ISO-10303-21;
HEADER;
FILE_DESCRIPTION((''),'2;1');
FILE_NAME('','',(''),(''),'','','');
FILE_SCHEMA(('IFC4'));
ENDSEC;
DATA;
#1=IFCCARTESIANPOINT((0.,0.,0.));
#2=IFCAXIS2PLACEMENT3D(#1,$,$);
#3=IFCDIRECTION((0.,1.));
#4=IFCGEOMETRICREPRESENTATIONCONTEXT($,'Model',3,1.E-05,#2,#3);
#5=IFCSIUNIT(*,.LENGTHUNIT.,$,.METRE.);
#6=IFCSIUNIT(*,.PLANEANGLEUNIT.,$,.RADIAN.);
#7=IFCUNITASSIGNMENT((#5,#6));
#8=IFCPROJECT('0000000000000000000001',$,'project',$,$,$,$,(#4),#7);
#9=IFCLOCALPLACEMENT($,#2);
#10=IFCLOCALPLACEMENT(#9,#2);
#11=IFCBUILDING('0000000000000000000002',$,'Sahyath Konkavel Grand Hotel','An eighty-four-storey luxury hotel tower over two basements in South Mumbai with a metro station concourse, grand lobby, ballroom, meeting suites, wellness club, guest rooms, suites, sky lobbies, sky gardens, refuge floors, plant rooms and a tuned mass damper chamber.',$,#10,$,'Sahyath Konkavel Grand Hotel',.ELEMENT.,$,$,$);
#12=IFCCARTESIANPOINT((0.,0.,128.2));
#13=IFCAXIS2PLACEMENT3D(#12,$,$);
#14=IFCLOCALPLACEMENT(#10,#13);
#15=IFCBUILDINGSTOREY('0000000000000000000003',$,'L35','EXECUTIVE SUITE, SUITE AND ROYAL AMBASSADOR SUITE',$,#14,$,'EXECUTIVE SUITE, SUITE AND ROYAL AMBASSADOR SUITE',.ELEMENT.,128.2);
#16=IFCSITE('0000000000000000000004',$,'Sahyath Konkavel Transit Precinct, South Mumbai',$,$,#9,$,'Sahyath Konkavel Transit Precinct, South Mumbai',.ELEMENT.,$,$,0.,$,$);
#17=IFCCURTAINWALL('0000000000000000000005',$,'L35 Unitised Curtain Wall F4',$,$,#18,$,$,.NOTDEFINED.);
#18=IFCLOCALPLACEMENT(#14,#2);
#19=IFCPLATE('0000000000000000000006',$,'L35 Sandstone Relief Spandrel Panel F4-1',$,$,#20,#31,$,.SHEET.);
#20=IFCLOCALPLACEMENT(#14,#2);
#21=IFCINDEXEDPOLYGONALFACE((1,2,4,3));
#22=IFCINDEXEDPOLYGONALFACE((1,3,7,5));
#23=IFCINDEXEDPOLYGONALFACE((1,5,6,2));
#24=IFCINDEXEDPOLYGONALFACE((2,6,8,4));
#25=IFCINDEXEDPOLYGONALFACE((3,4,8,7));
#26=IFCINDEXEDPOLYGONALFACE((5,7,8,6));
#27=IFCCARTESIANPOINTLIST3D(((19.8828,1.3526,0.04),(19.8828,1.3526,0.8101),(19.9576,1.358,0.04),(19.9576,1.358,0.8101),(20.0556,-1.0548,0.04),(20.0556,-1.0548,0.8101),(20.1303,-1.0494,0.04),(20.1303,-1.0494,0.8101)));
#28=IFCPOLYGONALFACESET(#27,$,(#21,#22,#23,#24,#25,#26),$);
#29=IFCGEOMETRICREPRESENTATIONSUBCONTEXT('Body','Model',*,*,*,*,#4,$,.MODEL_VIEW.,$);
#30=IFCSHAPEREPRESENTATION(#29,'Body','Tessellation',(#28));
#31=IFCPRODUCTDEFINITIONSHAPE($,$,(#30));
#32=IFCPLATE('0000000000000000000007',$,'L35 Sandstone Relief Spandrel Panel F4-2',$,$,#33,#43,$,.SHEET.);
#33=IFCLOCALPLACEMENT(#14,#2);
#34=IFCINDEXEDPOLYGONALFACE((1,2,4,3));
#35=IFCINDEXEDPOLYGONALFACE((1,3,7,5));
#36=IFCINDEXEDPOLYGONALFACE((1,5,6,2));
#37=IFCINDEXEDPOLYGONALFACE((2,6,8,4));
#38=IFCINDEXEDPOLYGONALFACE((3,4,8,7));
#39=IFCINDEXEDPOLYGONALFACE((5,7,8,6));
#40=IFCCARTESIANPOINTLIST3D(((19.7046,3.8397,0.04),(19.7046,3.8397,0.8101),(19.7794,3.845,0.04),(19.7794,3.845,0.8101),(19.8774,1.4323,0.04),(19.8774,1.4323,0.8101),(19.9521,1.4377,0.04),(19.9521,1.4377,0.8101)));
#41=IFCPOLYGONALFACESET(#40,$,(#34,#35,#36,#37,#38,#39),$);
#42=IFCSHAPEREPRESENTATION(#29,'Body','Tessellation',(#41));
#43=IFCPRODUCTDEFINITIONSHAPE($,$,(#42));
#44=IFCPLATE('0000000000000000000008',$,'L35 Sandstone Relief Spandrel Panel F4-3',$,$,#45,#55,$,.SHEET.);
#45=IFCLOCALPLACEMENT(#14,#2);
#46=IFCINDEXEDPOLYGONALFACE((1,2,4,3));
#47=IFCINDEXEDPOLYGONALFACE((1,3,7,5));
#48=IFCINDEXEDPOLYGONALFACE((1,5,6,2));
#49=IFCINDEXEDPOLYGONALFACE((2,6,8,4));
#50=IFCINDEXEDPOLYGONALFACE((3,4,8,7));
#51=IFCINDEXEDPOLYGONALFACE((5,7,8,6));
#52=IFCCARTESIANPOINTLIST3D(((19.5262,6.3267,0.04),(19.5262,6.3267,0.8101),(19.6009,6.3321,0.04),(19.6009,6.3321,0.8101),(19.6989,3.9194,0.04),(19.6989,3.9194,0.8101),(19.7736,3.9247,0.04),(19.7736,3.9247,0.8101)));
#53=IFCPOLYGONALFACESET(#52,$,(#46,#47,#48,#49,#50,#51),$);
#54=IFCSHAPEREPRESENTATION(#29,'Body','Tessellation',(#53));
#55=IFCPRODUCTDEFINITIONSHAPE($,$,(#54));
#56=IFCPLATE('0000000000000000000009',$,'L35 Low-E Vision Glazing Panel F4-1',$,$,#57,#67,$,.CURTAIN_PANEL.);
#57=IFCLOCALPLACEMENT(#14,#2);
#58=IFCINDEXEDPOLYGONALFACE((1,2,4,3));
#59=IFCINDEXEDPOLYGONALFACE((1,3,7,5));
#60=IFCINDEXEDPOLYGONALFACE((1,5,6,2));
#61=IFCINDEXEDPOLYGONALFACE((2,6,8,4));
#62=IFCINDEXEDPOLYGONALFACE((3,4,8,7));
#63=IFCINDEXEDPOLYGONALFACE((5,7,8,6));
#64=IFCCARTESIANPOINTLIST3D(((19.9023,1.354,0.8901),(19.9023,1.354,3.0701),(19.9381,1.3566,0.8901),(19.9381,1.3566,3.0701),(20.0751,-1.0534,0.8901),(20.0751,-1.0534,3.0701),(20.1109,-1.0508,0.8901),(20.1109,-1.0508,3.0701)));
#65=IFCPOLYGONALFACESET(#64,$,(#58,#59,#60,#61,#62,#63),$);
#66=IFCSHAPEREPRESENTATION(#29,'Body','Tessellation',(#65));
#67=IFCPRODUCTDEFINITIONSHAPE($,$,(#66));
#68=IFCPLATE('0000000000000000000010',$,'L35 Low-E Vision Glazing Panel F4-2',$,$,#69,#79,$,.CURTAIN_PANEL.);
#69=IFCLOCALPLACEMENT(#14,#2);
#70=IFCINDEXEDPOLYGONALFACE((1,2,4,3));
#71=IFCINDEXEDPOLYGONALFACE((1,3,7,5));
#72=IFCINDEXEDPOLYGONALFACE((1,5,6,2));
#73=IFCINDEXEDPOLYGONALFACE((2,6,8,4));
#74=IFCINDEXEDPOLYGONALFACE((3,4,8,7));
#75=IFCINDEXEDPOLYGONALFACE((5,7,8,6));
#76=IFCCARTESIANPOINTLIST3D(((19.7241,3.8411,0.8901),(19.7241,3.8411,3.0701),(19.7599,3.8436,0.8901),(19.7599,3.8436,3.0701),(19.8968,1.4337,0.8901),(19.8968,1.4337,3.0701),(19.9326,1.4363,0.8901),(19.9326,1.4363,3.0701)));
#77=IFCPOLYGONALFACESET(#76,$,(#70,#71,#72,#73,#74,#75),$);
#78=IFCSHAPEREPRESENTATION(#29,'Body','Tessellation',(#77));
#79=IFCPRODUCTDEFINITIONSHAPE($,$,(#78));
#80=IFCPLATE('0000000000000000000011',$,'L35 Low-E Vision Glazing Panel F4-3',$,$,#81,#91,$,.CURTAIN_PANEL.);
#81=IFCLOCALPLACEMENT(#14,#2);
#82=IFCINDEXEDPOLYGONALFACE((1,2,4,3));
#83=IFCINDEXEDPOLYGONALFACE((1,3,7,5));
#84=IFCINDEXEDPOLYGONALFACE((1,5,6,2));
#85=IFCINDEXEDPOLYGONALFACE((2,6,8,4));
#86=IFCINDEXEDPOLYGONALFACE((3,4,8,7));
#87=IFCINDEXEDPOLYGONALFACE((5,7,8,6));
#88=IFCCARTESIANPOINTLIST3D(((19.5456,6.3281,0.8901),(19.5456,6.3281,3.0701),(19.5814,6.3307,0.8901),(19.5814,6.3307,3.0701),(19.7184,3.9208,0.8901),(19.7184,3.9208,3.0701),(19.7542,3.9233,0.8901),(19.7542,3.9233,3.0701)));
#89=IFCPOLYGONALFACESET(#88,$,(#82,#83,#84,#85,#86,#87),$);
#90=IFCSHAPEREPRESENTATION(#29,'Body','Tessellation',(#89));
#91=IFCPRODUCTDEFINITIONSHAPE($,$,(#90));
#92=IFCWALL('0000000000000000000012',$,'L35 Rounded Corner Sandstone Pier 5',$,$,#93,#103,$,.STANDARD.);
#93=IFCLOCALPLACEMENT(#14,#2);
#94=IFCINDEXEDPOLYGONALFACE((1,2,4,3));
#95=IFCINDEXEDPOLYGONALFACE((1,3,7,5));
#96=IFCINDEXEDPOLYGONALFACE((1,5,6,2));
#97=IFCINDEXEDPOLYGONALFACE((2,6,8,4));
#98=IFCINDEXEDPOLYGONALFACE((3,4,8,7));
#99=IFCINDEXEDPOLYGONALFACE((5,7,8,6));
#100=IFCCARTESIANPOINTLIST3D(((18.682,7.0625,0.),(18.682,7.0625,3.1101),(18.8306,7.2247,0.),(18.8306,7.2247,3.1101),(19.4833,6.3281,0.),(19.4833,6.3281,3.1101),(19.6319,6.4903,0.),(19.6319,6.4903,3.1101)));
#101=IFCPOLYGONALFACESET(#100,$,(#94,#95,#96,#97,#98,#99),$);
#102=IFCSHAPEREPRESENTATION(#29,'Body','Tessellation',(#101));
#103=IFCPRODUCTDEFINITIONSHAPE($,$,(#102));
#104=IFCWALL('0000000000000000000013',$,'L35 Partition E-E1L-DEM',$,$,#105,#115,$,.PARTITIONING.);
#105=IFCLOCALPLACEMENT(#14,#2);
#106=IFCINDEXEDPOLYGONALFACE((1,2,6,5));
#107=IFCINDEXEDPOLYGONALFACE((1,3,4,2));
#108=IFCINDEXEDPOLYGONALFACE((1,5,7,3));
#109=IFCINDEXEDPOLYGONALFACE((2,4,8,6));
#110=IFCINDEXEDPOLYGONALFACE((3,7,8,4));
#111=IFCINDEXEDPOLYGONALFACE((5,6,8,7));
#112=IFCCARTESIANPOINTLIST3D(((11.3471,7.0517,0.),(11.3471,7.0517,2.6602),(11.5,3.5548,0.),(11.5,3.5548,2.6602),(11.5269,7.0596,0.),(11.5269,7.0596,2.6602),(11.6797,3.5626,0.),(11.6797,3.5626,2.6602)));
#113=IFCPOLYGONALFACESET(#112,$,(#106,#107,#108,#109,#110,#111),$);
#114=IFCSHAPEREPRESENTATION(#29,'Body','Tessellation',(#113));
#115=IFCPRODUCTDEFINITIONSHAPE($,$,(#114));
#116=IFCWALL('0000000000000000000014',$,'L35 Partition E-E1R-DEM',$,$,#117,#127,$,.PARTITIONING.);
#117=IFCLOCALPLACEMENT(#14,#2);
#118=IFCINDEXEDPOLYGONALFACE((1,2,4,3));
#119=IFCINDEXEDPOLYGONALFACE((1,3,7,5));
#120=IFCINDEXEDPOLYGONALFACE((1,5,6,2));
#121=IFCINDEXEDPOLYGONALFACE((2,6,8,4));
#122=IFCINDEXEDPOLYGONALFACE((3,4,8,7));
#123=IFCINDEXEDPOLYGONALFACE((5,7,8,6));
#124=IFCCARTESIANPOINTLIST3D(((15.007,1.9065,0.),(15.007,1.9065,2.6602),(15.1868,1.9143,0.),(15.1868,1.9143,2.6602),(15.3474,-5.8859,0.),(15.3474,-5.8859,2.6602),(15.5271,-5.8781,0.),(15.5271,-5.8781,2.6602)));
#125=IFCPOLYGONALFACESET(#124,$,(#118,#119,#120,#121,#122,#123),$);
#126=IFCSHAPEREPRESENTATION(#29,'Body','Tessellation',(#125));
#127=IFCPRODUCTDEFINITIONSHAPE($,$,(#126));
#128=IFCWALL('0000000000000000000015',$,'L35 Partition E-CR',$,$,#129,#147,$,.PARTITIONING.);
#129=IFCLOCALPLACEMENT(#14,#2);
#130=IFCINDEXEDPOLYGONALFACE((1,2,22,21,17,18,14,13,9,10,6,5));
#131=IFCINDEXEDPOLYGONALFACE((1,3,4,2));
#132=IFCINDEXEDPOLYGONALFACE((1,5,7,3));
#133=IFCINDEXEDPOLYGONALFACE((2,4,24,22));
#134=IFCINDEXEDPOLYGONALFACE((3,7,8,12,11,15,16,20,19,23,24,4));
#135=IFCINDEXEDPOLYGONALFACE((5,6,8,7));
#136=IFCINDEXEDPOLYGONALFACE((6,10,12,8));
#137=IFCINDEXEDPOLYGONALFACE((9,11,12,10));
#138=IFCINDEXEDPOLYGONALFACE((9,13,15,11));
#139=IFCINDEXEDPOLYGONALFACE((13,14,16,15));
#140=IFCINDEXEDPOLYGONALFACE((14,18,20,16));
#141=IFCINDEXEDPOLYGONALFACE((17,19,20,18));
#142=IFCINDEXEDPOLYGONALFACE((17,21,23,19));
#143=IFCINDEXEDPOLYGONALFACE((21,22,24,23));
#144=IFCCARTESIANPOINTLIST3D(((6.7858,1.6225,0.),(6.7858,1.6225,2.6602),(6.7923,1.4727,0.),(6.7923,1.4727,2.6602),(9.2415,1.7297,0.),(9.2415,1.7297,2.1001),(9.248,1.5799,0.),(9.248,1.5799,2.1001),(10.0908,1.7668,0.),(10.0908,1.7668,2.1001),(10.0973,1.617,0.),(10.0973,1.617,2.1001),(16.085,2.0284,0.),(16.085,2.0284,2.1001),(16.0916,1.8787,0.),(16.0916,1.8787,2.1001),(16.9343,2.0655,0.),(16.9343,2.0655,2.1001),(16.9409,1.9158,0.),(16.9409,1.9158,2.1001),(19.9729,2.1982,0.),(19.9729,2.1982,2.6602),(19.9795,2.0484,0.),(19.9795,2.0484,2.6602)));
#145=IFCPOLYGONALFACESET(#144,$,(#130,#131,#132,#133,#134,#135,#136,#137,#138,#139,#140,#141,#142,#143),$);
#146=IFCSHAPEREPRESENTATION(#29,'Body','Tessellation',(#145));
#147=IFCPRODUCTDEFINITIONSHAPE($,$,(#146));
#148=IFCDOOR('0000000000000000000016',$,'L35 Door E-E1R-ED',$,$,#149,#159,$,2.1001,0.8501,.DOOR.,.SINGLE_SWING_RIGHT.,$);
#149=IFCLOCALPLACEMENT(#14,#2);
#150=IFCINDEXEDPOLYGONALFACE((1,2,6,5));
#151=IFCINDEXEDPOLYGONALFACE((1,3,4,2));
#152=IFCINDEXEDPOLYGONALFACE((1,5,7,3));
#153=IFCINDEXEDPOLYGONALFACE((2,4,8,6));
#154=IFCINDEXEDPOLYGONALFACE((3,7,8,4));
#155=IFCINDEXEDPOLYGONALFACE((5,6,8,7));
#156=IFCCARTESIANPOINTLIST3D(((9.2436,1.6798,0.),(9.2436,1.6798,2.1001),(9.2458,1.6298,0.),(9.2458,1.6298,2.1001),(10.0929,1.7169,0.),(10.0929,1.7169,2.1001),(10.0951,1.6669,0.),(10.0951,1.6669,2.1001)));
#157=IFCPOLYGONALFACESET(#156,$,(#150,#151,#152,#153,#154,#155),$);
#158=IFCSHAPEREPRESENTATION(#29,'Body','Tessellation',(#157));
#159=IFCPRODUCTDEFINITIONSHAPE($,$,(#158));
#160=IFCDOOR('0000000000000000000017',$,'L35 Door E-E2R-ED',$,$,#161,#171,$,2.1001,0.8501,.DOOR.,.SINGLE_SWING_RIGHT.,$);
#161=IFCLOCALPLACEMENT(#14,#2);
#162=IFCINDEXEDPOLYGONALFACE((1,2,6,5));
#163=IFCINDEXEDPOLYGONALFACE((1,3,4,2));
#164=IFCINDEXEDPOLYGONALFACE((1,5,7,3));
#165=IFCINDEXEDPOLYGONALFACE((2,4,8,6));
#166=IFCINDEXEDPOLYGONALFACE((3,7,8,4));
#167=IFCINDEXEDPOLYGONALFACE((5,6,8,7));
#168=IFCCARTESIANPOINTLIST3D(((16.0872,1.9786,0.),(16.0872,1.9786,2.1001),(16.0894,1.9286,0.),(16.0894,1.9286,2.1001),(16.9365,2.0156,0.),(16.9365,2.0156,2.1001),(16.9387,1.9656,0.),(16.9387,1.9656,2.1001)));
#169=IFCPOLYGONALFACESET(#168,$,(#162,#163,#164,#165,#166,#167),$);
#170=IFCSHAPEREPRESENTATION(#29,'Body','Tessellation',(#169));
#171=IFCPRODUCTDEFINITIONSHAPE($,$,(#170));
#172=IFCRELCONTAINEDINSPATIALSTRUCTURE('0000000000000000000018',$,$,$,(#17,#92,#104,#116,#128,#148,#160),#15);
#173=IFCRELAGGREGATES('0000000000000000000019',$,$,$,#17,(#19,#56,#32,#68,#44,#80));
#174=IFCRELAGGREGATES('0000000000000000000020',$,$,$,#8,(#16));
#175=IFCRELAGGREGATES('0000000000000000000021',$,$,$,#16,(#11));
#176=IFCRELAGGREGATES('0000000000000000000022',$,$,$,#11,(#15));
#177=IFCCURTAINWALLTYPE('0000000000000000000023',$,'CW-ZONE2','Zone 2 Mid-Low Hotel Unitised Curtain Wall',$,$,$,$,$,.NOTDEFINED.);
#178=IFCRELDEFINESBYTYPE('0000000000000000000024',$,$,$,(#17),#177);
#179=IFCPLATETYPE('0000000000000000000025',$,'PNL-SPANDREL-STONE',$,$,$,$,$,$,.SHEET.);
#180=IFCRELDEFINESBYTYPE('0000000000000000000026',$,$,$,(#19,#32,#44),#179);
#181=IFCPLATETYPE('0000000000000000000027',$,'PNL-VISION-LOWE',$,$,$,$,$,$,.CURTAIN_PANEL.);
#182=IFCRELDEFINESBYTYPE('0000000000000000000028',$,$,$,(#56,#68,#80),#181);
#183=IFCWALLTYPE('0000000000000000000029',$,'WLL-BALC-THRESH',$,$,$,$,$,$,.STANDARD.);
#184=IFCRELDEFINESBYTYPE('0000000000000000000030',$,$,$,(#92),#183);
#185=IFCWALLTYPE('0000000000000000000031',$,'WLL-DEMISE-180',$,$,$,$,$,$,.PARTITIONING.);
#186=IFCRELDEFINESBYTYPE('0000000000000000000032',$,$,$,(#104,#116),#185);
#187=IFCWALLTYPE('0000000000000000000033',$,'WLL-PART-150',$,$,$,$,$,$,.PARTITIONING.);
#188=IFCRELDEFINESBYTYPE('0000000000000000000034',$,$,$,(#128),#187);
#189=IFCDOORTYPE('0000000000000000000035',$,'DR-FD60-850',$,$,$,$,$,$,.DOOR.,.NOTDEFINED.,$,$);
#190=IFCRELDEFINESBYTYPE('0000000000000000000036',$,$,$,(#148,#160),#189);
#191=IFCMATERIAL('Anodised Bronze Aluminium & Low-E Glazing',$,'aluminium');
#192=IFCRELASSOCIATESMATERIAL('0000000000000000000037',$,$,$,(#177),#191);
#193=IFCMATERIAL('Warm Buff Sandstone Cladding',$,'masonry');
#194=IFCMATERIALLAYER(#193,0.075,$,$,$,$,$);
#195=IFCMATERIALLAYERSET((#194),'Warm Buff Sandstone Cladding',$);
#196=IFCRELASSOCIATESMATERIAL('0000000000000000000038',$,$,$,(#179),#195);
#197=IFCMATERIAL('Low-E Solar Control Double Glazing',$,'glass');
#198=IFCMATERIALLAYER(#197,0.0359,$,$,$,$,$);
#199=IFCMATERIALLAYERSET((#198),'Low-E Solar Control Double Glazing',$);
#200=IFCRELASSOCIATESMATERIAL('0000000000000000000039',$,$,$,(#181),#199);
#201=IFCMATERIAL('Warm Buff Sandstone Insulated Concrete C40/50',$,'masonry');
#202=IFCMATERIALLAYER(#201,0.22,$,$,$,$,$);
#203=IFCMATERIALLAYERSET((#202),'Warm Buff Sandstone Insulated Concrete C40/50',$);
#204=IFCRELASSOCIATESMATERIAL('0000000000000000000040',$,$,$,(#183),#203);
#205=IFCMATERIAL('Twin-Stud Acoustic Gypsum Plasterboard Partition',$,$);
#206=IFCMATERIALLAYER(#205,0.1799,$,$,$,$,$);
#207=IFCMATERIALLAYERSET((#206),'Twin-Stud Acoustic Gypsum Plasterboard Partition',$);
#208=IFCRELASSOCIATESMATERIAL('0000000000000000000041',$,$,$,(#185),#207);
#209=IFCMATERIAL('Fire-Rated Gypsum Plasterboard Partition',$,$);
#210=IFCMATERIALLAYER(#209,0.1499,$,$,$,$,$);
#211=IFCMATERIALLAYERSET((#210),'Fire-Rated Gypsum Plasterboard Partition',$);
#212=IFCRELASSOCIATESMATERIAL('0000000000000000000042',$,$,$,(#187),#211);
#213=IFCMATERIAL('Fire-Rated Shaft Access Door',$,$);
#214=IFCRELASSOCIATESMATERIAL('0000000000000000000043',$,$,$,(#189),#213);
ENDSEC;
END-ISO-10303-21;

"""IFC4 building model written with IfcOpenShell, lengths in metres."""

from ifc_helpers import new_model, si_unit, direction, frame, frame_2d, origin, origin_2d, place, context, subcontext, project, spatial, rectangle, extrude, source, transform, mapped, material, layer, layer_set, type_object, element, fill, aggregate, save


model = new_model("IFC4")

# Units and contexts
model_context = context("Model", 3, precision=1e-05, world=origin(), true_north=direction((0.0, 1.0)))
body_context = subcontext(model_context, "Body", "Model", "MODEL_VIEW")
ifc_project = project(units=[si_unit("LENGTHUNIT", "METRE"), si_unit("PLANEANGLEUNIT", "RADIAN")], contexts=[model_context])

# Site, building, storey
site_placement = place(None, origin())
site = spatial("IfcSite", under=ifc_project, at=site_placement, Name="Sahyath Konkavel Transit Precinct, South Mumbai", LongName="Sahyath Konkavel Transit Precinct, South Mumbai", CompositionType="ELEMENT", RefElevation=0.0)
building_placement = place(site_placement, origin())
building = spatial("IfcBuilding", under=site, at=building_placement, Name="Sahyath Konkavel Grand Hotel", Description="An eighty-four-storey luxury hotel tower over two basements in South Mumbai with a metro station concourse, grand lobby, ballroom, meeting suites, wellness club, guest rooms, suites, sky lobbies, sky gardens, refuge floors, plant rooms and a tuned mass damper chamber.", LongName="Sahyath Konkavel Grand Hotel", CompositionType="ELEMENT")
storey_placement = place(building_placement, frame((0.0, 0.0, 128.2)))
storey = spatial("IfcBuildingStorey", under=building, at=storey_placement, Name="L35", Description="EXECUTIVE SUITE, SUITE AND ROYAL AMBASSADOR SUITE", LongName="EXECUTIVE SUITE, SUITE AND ROYAL AMBASSADOR SUITE", CompositionType="ELEMENT", Elevation=128.2)

# Curtain wall
ifc_material_1 = material(Name="Anodised Bronze Aluminium & Low-E Glazing", Category="aluminium")
curtain_wall_type = type_object("IfcCurtainWallType", Name="CW-ZONE2", Description="Zone 2 Mid-Low Hotel Unitised Curtain Wall", PredefinedType="NOTDEFINED", material=ifc_material_1)
curtain_wall_placement = place(storey_placement, origin())
curtain_wall = element("IfcCurtainWall", 1, at=curtain_wall_placement, inside=storey, type_object=curtain_wall_type, Name="L35 Unitised Curtain Wall F4", PredefinedType="NOTDEFINED")

# Plates
ifc_material_2 = material(Name="Warm Buff Sandstone Cladding", Category="masonry")
ifc_layer_1 = layer(ifc_material_2, 0.075)
ifc_layer_set_1 = layer_set([ifc_layer_1], Name="Warm Buff Sandstone Cladding")
plate_type_1 = type_object("IfcPlateType", Name="PNL-SPANDREL-STONE", PredefinedType="SHEET", material=ifc_layer_set_1)
shared_shape_1 = source(origin(), body_context, "Body", "SweptSolid", [
    extrude(rectangle(XDim=2.4136, YDim=0.075, at=origin_2d()), origin(), (0.0, 0.0, 1.0), 0.77),
])
plate_1_placement = place(storey_placement, frame((20.0066, 0.1516, 0.04), z_axis=(0.0, 0.0, 1.0), x_axis=(-0.071567, 0.997436, 0.0)))
plate_1 = element("IfcPlate", 2, at=plate_1_placement, type_object=plate_type_1, Name="L35 Sandstone Relief Spandrel Panel F4-1", PredefinedType="SHEET", context=body_context, shape_type="MappedRepresentation", body=[
    mapped(shared_shape_1, transform((0.0, 0.0, 0.0), scale=1.0)),
])
plate_2_placement = place(storey_placement, frame((19.8284, 2.6387, 0.04), z_axis=(0.0, 0.0, 1.0), x_axis=(-0.071567, 0.997436, 0.0)))
plate_2 = element("IfcPlate", 3, at=plate_2_placement, type_object=plate_type_1, Name="L35 Sandstone Relief Spandrel Panel F4-2", PredefinedType="SHEET", context=body_context, shape_type="MappedRepresentation", body=[
    mapped(shared_shape_1, transform((0.0, 0.0, 0.0), scale=1.0)),
])
plate_3_placement = place(storey_placement, frame((19.6499, 5.1257, 0.04), z_axis=(0.0, 0.0, 1.0), x_axis=(-0.071567, 0.997436, 0.0)))
plate_3 = element("IfcPlate", 4, at=plate_3_placement, type_object=plate_type_1, Name="L35 Sandstone Relief Spandrel Panel F4-3", PredefinedType="SHEET", context=body_context, shape_type="MappedRepresentation", body=[
    mapped(shared_shape_1, transform((0.0, 0.0, 0.0), scale=1.0)),
])
ifc_material_3 = material(Name="Low-E Solar Control Double Glazing", Category="glass")
ifc_layer_2 = layer(ifc_material_3, 0.0359)
ifc_layer_set_2 = layer_set([ifc_layer_2], Name="Low-E Solar Control Double Glazing")
plate_type_2 = type_object("IfcPlateType", Name="PNL-VISION-LOWE", PredefinedType="CURTAIN_PANEL", material=ifc_layer_set_2)
shared_shape_2 = source(origin(), body_context, "Body", "SweptSolid", [
    extrude(rectangle(XDim=2.4136, YDim=0.0359, at=origin_2d()), origin(), (0.0, 0.0, 1.0), 2.1799),
])
plate_4_placement = place(storey_placement, frame((20.0066, 0.1516, 0.8901), z_axis=(0.0, 0.0, 1.0), x_axis=(-0.071567, 0.997436, 0.0)))
plate_4 = element("IfcPlate", 5, at=plate_4_placement, type_object=plate_type_2, Name="L35 Low-E Vision Glazing Panel F4-1", PredefinedType="CURTAIN_PANEL", context=body_context, shape_type="MappedRepresentation", body=[
    mapped(shared_shape_2, transform((0.0, 0.0, 0.0), scale=1.0)),
])
plate_5_placement = place(storey_placement, frame((19.8284, 2.6387, 0.8901), z_axis=(0.0, 0.0, 1.0), x_axis=(-0.071567, 0.997436, 0.0)))
plate_5 = element("IfcPlate", 6, at=plate_5_placement, type_object=plate_type_2, Name="L35 Low-E Vision Glazing Panel F4-2", PredefinedType="CURTAIN_PANEL", context=body_context, shape_type="MappedRepresentation", body=[
    mapped(shared_shape_2, transform((0.0, 0.0, 0.0), scale=1.0)),
])
plate_6_placement = place(storey_placement, frame((19.6499, 5.1257, 0.8901), z_axis=(0.0, 0.0, 1.0), x_axis=(-0.071567, 0.997436, 0.0)))
plate_6 = element("IfcPlate", 7, at=plate_6_placement, type_object=plate_type_2, Name="L35 Low-E Vision Glazing Panel F4-3", PredefinedType="CURTAIN_PANEL", context=body_context, shape_type="MappedRepresentation", body=[
    mapped(shared_shape_2, transform((0.0, 0.0, 0.0), scale=1.0)),
])
aggregate(curtain_wall, [plate_1, plate_4, plate_2, plate_5, plate_3, plate_6])

# Walls
ifc_material_4 = material(Name="Warm Buff Sandstone Insulated Concrete C40/50", Category="masonry")
ifc_layer_3 = layer(ifc_material_4, 0.22)
ifc_layer_set_3 = layer_set([ifc_layer_3], Name="Warm Buff Sandstone Insulated Concrete C40/50")
wall_type_1 = type_object("IfcWallType", Name="WLL-BALC-THRESH", PredefinedType="STANDARD", material=ifc_layer_set_3)
wall_1_placement = place(storey_placement, frame((19.5576, 6.4092, 0.0), z_axis=(0.0, 0.0, 1.0), x_axis=(-0.73721, 0.675664, 0.0)))
element("IfcWall", 8, at=wall_1_placement, inside=storey, type_object=wall_type_1, Name="L35 Rounded Corner Sandstone Pier 5", PredefinedType="STANDARD", context=body_context, shape_type="SweptSolid", body=[
    extrude(rectangle(XDim=1.0869, YDim=0.22, at=frame_2d((0.5435, 0.0))), origin(), (0.0, 0.0, 1.0), 3.1101),
])
ifc_material_5 = material(Name="Twin-Stud Acoustic Gypsum Plasterboard Partition")
ifc_layer_4 = layer(ifc_material_5, 0.1799)
ifc_layer_set_4 = layer_set([ifc_layer_4], Name="Twin-Stud Acoustic Gypsum Plasterboard Partition")
wall_type_2 = type_object("IfcWallType", Name="WLL-DEMISE-180", PredefinedType="PARTITIONING", material=ifc_layer_set_4)
wall_2_placement = place(storey_placement, frame((11.5898, 3.5588, 0.0), z_axis=(0.0, 0.0, 1.0), x_axis=(-0.043664, 0.999046, 0.0)))
element("IfcWall", 9, at=wall_2_placement, inside=storey, type_object=wall_type_2, Name="L35 Partition E-E1L-DEM", PredefinedType="PARTITIONING", context=body_context, shape_type="SweptSolid", body=[
    extrude(rectangle(XDim=3.5002, YDim=0.1799, at=frame_2d((1.75, 0.0))), origin(), (0.0, 0.0, 1.0), 2.6602),
])
wall_3_placement = place(storey_placement, frame((15.0969, 1.9104, 0.0), z_axis=(0.0, 0.0, 1.0), x_axis=(0.043633, -0.999048, 0.0)))
element("IfcWall", 10, at=wall_3_placement, inside=storey, type_object=wall_type_2, Name="L35 Partition E-E1R-DEM", PredefinedType="PARTITIONING", context=body_context, shape_type="SweptSolid", body=[
    extrude(rectangle(XDim=7.7998, YDim=0.1799, at=frame_2d((3.8999, 0.0))), origin(), (0.0, 0.0, 1.0), 2.6602),
])

# Wall, openings, doors
ifc_material_6 = material(Name="Fire-Rated Gypsum Plasterboard Partition")
ifc_layer_5 = layer(ifc_material_6, 0.1499)
ifc_layer_set_5 = layer_set([ifc_layer_5], Name="Fire-Rated Gypsum Plasterboard Partition")
wall_type_3 = type_object("IfcWallType", Name="WLL-PART-150", PredefinedType="PARTITIONING", material=ifc_layer_set_5)
wall_4_placement = place(storey_placement, frame((6.7891, 1.5476, 0.0), z_axis=(0.0, 0.0, 1.0), x_axis=(0.999049, 0.043613, 0.0)))
wall_4 = element("IfcWall", 11, at=wall_4_placement, inside=storey, type_object=wall_type_3, Name="L35 Partition E-CR", PredefinedType="PARTITIONING", context=body_context, shape_type="SweptSolid", body=[
    extrude(rectangle(XDim=13.1997, YDim=0.1499, at=frame_2d((6.5999, 0.0))), origin(), (0.0, 0.0, 1.0), 2.6602),
])
opening_1_placement = place(wall_4_placement, frame((2.458, 0.0, 0.0)))
opening_1 = element("IfcOpeningElement", 12, at=opening_1_placement, cuts=wall_4, PredefinedType="OPENING", context=body_context, shape_type="SweptSolid", body=[
    extrude(rectangle(XDim=0.8501, YDim=2.1001, at=frame_2d((0.425, 1.05))), frame((0.0, 0.085, 0.0), z_axis=(0.0, -1.0, 0.0), x_axis=(1.0, 0.0, 0.0)), (0.0, 0.0, 1.0), 0.1699),
])
opening_2_placement = place(wall_4_placement, frame((9.3081, 0.0, 0.0)))
opening_2 = element("IfcOpeningElement", 13, at=opening_2_placement, cuts=wall_4, PredefinedType="OPENING", context=body_context, shape_type="SweptSolid", body=[
    extrude(rectangle(XDim=0.8501, YDim=2.1001, at=frame_2d((0.425, 1.05))), frame((0.0, 0.085, 0.0), z_axis=(0.0, -1.0, 0.0), x_axis=(1.0, 0.0, 0.0)), (0.0, 0.0, 1.0), 0.1699),
])
ifc_material_7 = material(Name="Fire-Rated Shaft Access Door")
door_type_1 = type_object("IfcDoorType", Name="DR-FD60-850", OperationType="NOTDEFINED", PredefinedType="DOOR", material=ifc_material_7)
shared_shape_3 = source(origin(), body_context, "Body", "SweptSolid", [
    extrude(rectangle(XDim=0.8501, YDim=0.05, at=origin_2d()), origin(), (0.0, 0.0, 1.0), 2.1001),
])
door_1_placement = place(opening_1_placement, frame((0.425, 0.0, 0.0)))
door_1 = element("IfcDoor", 14, at=door_1_placement, inside=storey, type_object=door_type_1, Name="L35 Door E-E1R-ED", OperationType="SINGLE_SWING_RIGHT", OverallHeight=2.1001, OverallWidth=0.8501, PredefinedType="DOOR", context=body_context, shape_type="MappedRepresentation", body=[
    mapped(shared_shape_3, transform((0.0, 0.0, 0.0), scale=1.0)),
])
fill(opening_1, door_1)
door_2_placement = place(opening_2_placement, frame((0.425, 0.0, 0.0)))
door_2 = element("IfcDoor", 15, at=door_2_placement, inside=storey, type_object=door_type_1, Name="L35 Door E-E2R-ED", OperationType="SINGLE_SWING_RIGHT", OverallHeight=2.1001, OverallWidth=0.8501, PredefinedType="DOOR", context=body_context, shape_type="MappedRepresentation", body=[
    mapped(shared_shape_3, transform((0.0, 0.0, 0.0), scale=1.0)),
])
fill(opening_2, door_2)

save(model, "model.ifc")
